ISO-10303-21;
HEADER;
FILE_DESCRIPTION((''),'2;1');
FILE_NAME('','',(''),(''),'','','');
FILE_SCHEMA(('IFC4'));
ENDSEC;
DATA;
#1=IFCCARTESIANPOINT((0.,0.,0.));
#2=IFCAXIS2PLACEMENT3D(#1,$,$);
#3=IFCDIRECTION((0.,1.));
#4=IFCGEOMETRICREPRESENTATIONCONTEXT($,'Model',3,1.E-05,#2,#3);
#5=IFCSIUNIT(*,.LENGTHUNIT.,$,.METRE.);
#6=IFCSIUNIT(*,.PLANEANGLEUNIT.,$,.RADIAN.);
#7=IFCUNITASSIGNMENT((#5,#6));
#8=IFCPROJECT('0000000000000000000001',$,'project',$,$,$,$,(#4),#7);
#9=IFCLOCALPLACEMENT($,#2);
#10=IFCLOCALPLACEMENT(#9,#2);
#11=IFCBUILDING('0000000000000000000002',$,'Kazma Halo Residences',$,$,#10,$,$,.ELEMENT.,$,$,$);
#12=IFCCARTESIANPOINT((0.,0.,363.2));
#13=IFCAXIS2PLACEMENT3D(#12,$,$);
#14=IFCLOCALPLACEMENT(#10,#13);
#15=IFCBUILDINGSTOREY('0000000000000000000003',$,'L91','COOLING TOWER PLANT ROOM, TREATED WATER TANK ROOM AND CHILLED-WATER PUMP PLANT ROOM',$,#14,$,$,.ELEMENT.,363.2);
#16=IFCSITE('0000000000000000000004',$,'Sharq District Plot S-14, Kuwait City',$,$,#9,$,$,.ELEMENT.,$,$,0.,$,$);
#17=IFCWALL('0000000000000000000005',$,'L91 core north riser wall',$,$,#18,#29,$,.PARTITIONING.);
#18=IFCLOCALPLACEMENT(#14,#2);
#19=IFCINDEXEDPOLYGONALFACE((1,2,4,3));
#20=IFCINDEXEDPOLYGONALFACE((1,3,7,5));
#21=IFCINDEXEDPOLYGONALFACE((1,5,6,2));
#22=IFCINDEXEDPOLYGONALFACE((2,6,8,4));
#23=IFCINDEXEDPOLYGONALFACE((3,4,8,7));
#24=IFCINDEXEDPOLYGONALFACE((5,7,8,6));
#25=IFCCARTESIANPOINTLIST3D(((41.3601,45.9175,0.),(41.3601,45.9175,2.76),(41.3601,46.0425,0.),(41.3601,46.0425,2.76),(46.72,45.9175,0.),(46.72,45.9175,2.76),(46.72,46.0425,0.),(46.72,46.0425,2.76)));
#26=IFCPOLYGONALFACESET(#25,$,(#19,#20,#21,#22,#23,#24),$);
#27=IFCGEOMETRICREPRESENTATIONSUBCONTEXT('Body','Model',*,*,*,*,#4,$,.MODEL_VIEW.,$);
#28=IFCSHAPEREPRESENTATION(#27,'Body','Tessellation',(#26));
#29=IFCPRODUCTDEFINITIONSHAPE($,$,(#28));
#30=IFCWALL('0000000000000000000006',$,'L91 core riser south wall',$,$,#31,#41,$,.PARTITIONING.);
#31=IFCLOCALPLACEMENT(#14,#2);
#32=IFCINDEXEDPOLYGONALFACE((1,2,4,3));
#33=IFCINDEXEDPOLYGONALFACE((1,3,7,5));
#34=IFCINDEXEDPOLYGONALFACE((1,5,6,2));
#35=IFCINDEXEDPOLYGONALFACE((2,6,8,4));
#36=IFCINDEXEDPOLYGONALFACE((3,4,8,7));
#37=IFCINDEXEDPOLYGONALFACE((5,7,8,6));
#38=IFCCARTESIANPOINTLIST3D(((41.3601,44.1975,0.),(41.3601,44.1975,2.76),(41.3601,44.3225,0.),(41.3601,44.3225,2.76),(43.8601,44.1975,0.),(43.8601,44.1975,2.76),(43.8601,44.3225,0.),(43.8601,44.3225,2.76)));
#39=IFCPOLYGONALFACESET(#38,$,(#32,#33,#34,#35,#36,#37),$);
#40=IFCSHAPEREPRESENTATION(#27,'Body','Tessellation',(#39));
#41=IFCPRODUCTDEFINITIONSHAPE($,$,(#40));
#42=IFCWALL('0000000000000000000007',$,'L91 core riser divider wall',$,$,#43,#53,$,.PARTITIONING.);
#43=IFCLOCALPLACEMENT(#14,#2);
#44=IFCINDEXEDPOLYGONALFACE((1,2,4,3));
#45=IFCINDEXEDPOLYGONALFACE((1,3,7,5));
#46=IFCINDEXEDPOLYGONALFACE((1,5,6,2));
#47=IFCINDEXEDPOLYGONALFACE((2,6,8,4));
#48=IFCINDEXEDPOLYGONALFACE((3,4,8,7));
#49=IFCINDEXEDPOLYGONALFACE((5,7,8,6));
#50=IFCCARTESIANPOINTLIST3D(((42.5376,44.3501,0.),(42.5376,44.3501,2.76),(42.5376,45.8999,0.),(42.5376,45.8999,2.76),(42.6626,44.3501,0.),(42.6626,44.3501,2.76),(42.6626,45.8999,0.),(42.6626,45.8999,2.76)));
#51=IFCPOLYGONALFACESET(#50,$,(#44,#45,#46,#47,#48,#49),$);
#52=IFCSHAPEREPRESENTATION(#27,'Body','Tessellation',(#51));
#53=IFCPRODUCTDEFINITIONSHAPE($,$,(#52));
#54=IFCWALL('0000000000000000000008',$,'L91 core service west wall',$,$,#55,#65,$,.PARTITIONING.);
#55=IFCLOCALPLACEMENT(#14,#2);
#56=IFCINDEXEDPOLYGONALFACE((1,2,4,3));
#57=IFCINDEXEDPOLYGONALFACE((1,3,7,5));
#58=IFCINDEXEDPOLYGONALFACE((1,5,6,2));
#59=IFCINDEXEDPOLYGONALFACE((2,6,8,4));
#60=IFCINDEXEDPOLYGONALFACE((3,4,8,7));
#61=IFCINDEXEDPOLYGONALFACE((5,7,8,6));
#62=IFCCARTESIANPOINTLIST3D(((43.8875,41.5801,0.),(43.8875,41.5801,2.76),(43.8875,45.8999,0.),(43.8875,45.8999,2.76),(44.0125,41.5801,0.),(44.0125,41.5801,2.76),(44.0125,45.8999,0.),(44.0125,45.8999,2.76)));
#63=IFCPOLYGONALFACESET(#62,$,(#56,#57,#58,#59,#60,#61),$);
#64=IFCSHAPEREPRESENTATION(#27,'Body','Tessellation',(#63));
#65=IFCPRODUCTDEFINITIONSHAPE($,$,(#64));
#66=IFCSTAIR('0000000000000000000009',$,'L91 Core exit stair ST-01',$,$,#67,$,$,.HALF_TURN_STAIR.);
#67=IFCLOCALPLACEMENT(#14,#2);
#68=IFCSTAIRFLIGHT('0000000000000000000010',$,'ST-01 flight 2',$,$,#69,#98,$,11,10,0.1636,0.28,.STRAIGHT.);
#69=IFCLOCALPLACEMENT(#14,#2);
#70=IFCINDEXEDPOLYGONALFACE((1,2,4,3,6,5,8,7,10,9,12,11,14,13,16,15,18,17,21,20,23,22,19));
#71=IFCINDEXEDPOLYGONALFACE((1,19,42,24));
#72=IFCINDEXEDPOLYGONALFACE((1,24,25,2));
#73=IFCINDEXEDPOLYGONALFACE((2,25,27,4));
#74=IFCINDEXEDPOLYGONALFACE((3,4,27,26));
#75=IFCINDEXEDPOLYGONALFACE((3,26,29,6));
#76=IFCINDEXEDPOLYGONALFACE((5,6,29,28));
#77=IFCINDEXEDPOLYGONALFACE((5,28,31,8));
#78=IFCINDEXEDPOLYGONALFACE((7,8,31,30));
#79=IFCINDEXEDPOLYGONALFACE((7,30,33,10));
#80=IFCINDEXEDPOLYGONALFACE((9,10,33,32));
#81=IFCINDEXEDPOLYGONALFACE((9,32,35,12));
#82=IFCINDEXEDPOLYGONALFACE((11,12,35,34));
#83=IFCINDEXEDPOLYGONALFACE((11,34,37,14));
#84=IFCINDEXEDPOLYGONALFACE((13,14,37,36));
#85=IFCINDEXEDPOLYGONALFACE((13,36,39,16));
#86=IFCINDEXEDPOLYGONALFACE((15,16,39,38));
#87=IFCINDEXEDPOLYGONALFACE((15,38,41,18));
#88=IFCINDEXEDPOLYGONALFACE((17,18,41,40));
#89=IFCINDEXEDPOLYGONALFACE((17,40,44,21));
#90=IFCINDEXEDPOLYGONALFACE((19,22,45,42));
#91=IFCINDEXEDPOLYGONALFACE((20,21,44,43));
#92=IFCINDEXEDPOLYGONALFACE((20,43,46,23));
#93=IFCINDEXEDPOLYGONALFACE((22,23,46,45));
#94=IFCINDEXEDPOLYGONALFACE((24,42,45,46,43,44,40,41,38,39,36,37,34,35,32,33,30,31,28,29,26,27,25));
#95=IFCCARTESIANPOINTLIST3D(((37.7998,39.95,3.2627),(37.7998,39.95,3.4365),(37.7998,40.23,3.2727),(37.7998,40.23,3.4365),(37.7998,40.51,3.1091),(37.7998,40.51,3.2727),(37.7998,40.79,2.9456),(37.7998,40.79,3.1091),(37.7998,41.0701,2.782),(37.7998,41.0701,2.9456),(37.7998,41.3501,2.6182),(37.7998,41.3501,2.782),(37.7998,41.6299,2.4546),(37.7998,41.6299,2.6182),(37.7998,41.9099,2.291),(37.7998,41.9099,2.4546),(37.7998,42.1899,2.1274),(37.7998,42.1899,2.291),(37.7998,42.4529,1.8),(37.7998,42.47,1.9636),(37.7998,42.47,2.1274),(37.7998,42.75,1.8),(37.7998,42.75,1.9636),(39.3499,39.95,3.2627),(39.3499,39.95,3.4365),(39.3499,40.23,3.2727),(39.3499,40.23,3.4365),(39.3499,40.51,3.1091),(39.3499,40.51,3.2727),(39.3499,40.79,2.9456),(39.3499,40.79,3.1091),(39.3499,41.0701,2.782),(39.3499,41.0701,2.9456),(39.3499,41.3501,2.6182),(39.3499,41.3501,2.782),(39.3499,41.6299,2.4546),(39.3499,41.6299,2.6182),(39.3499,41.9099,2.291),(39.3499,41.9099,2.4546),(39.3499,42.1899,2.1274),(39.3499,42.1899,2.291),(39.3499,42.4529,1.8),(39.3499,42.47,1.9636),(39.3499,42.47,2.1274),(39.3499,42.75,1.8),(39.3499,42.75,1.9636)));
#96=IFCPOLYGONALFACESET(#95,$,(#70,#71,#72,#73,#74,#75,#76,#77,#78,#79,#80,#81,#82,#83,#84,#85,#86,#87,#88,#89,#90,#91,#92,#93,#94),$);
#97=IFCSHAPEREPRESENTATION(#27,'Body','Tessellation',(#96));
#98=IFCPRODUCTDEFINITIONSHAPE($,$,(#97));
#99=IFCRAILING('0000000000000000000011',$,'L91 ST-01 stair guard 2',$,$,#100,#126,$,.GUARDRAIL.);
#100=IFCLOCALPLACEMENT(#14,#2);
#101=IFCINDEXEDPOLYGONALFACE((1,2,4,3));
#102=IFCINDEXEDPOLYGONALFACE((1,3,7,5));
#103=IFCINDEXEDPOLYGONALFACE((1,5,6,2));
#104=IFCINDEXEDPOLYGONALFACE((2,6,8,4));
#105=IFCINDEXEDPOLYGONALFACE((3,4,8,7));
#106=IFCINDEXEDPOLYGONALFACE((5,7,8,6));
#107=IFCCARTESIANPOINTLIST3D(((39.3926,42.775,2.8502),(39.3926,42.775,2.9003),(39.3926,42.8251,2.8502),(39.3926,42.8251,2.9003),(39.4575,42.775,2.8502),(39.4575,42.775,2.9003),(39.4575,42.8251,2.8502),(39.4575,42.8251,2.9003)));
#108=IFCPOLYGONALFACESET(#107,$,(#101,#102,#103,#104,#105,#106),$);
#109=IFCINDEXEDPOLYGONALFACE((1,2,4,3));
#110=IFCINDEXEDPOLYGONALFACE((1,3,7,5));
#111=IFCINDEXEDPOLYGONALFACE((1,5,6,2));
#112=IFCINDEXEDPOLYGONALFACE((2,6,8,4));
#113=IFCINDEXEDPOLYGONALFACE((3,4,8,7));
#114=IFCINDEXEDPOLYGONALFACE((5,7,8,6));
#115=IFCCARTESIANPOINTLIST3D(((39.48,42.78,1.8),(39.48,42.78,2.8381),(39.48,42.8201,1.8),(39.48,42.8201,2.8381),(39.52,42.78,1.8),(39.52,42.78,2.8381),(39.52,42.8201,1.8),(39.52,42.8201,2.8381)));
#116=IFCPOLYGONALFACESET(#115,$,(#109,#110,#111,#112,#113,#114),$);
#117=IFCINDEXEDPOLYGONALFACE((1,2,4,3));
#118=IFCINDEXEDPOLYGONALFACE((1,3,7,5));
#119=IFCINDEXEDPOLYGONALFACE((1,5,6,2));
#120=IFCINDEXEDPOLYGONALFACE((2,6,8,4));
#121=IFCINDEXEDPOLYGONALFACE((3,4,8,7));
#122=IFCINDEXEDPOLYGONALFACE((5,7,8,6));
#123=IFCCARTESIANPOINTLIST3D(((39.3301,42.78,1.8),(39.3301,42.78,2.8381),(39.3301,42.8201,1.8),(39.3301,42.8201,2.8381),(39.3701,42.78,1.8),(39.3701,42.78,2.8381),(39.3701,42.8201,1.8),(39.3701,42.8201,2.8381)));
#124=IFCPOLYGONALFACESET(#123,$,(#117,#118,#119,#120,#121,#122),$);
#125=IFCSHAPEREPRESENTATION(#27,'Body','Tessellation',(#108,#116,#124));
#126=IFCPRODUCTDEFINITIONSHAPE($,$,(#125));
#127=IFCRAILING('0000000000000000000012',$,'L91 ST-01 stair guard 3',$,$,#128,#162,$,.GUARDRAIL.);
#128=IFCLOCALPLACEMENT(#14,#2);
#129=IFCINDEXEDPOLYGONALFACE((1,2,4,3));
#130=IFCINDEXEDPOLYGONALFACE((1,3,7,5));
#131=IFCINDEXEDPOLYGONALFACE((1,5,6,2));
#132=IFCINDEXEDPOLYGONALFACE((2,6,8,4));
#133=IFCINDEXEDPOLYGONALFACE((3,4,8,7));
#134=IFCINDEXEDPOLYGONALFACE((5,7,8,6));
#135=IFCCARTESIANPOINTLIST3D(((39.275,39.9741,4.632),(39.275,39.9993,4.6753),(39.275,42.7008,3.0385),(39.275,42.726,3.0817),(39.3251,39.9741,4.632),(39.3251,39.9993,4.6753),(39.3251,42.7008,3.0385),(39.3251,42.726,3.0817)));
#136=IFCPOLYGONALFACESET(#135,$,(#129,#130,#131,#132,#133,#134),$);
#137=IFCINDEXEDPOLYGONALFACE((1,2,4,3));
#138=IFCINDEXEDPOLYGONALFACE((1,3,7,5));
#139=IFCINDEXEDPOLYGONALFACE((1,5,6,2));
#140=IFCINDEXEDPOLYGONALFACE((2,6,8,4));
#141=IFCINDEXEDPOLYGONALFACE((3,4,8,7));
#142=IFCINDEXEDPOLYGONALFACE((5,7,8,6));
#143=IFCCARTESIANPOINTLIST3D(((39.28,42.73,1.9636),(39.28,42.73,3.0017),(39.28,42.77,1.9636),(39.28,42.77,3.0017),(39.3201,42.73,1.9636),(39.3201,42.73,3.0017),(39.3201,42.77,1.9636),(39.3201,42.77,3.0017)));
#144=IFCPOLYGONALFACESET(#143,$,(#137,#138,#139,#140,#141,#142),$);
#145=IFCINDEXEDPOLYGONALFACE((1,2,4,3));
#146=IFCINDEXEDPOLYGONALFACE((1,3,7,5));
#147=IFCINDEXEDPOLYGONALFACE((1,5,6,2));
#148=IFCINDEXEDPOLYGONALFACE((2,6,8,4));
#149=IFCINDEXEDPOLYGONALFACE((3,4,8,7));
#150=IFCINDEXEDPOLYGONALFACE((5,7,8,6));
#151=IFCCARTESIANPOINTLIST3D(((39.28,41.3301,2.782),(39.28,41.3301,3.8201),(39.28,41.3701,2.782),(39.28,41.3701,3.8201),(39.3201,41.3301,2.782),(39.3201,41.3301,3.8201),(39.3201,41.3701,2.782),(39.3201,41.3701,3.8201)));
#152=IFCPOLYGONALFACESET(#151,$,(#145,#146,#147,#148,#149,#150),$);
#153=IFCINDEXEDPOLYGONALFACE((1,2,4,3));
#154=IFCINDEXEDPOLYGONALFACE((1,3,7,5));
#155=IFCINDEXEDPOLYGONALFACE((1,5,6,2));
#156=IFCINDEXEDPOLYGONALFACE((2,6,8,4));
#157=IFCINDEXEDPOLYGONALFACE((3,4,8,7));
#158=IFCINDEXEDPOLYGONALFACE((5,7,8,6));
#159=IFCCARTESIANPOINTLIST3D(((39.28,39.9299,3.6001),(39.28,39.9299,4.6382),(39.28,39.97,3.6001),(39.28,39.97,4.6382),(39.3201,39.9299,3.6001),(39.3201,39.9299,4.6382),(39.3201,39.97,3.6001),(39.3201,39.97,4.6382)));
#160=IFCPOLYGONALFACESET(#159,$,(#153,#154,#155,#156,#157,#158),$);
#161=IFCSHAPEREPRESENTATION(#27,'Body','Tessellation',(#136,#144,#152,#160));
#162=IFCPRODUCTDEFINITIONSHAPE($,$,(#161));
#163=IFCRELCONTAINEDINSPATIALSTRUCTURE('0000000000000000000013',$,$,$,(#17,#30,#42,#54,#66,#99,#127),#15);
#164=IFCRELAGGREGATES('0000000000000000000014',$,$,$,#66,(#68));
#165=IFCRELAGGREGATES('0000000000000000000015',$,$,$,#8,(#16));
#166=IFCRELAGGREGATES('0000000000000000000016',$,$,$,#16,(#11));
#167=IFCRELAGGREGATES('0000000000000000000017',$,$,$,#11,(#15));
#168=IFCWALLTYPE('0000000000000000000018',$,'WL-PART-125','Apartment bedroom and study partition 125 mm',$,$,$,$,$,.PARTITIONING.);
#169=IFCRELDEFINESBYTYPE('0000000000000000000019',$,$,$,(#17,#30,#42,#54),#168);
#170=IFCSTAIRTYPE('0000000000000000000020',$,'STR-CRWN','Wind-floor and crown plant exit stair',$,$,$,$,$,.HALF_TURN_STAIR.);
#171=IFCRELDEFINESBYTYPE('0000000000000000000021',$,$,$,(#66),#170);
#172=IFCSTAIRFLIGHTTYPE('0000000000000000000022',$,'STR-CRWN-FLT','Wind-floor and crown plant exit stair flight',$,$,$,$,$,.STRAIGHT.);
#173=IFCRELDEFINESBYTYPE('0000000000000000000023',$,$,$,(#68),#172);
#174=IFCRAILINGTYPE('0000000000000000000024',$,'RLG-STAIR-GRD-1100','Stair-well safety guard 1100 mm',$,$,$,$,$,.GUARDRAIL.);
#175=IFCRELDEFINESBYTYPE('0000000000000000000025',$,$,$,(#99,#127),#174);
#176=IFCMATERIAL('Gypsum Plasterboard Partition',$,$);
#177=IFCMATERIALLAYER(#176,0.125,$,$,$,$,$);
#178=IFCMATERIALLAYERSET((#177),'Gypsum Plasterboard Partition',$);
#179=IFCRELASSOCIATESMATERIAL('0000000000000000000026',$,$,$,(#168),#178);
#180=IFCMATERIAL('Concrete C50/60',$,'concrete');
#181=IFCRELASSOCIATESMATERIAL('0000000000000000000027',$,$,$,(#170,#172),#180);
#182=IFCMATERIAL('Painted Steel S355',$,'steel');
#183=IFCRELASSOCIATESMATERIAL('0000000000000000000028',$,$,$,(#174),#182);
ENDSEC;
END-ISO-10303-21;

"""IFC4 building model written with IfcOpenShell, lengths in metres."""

from ifc_helpers import new_model, si_unit, direction, frame, frame_2d, origin, origin_2d, place, context, subcontext, project, spatial, polyline, rectangle, outline, extrude, material, layer, layer_set, type_object, element, aggregate, save


model = new_model("IFC4")

# Units and contexts
model_context = context("Model", 3, precision=1e-05, world=origin(), true_north=direction((0.0, 1.0)))
body_context = subcontext(model_context, "Body", "Model", "MODEL_VIEW")
ifc_project = project(units=[si_unit("LENGTHUNIT", "METRE"), si_unit("PLANEANGLEUNIT", "RADIAN")], contexts=[model_context])

# Site, building, storey
site_placement = place(None, origin())
site = spatial("IfcSite", under=ifc_project, at=site_placement, Name="Sharq District Plot S-14, Kuwait City", CompositionType="ELEMENT", RefElevation=0.0)
building_placement = place(site_placement, origin())
building = spatial("IfcBuilding", under=site, at=building_placement, Name="Kazma Halo Residences", CompositionType="ELEMENT")
storey_placement = place(building_placement, frame((0.0, 0.0, 363.2)))
storey = spatial("IfcBuildingStorey", under=building, at=storey_placement, Name="L91", Description="COOLING TOWER PLANT ROOM, TREATED WATER TANK ROOM AND CHILLED-WATER PUMP PLANT ROOM", CompositionType="ELEMENT", Elevation=363.2)

# Walls
ifc_material_1 = material(Name="Gypsum Plasterboard Partition")
ifc_layer_1 = layer(ifc_material_1, 0.125)
ifc_layer_set_1 = layer_set([ifc_layer_1], Name="Gypsum Plasterboard Partition")
wall_type_1 = type_object("IfcWallType", Name="WL-PART-125", Description="Apartment bedroom and study partition 125 mm", PredefinedType="PARTITIONING", material=ifc_layer_set_1)
wall_1_placement = place(storey_placement, frame((41.3601, 45.98, 0.0), z_axis=(0.0, 0.0, 1.0), x_axis=(1.0, 0.0, 0.0)))
element("IfcWall", 1, at=wall_1_placement, inside=storey, type_object=wall_type_1, Name="L91 core north riser wall", PredefinedType="PARTITIONING", context=body_context, shape_type="SweptSolid", body=[
    extrude(rectangle(XDim=5.3599, YDim=0.125, at=frame_2d((2.6799, 0.0))), origin(), (0.0, 0.0, 1.0), 2.76),
])
wall_2_placement = place(storey_placement, frame((41.3601, 44.26, 0.0), z_axis=(0.0, 0.0, 1.0), x_axis=(1.0, 0.0, 0.0)))
element("IfcWall", 2, at=wall_2_placement, inside=storey, type_object=wall_type_1, Name="L91 core riser south wall", PredefinedType="PARTITIONING", context=body_context, shape_type="SweptSolid", body=[
    extrude(rectangle(XDim=2.5, YDim=0.125, at=frame_2d((1.25, 0.0))), origin(), (0.0, 0.0, 1.0), 2.76),
])
wall_3_placement = place(storey_placement, frame((42.6001, 44.3501, 0.0), z_axis=(0.0, 0.0, 1.0), x_axis=(0.0, 1.0, 0.0)))
element("IfcWall", 3, at=wall_3_placement, inside=storey, type_object=wall_type_1, Name="L91 core riser divider wall", PredefinedType="PARTITIONING", context=body_context, shape_type="SweptSolid", body=[
    extrude(rectangle(XDim=1.5498, YDim=0.125, at=frame_2d((0.7749, 0.0))), origin(), (0.0, 0.0, 1.0), 2.76),
])
wall_4_placement = place(storey_placement, frame((43.95, 41.5801, 0.0), z_axis=(0.0, 0.0, 1.0), x_axis=(0.0, 1.0, 0.0)))
element("IfcWall", 4, at=wall_4_placement, inside=storey, type_object=wall_type_1, Name="L91 core service west wall", PredefinedType="PARTITIONING", context=body_context, shape_type="SweptSolid", body=[
    extrude(rectangle(XDim=4.3198, YDim=0.125, at=frame_2d((2.1599, 0.0))), origin(), (0.0, 0.0, 1.0), 2.76),
])

# Stair, stair flight
ifc_material_2 = material(Name="Concrete C50/60", Category="concrete")
stair_type = type_object("IfcStairType", Name="STR-CRWN", Description="Wind-floor and crown plant exit stair", PredefinedType="HALF_TURN_STAIR", material=ifc_material_2)
stair_placement = place(storey_placement, origin())
stair = element("IfcStair", 5, at=stair_placement, inside=storey, type_object=stair_type, Name="L91 Core exit stair ST-01", PredefinedType="HALF_TURN_STAIR")
stair_flight_type = type_object("IfcStairFlightType", Name="STR-CRWN-FLT", Description="Wind-floor and crown plant exit stair flight", PredefinedType="STRAIGHT", material=ifc_material_2)
stair_flight_placement = place(storey_placement, frame((38.575, 42.75, 1.8), z_axis=(0.0, 0.0, 1.0), x_axis=(0.0, -1.0, 0.0)))
stair_flight = element("IfcStairFlight", 6, at=stair_flight_placement, type_object=stair_flight_type, Name="ST-01 flight 2", NumberOfRisers=11, NumberOfTreads=10, PredefinedType="STRAIGHT", RiserHeight=0.1636, TreadLength=0.28, context=body_context, shape_type="SweptSolid", body=[
    extrude(outline(polyline([(0.0, 0.0), (0.0, 0.1636), (0.28, 0.1636), (0.28, 0.3274), (0.5601, 0.3274), (0.5601, 0.491), (0.8401, 0.491), (0.8401, 0.6545), (1.1201, 0.6545), (1.1201, 0.8181), (1.3999, 0.8181), (1.3999, 0.9819), (1.6799, 0.9819), (1.6799, 1.1455), (1.96, 1.1455), (1.96, 1.3091), (2.24, 1.3091), (2.24, 1.4727), (2.52, 1.4727), (2.52, 1.6365), (2.8, 1.6365), (2.8, 1.8), (2.8, 1.4626), (0.2971, 0.0), (0.0, 0.0)])), frame((0.0, 0.7749, 0.0), z_axis=(0.0, -1.0, 0.0), x_axis=(1.0, 0.0, 0.0)), (0.0, 0.0, 1.0), 1.55),
])
aggregate(stair, [stair_flight])

# Railings
ifc_material_3 = material(Name="Painted Steel S355", Category="steel")
railing_type = type_object("IfcRailingType", Name="RLG-STAIR-GRD-1100", Description="Stair-well safety guard 1100 mm", PredefinedType="GUARDRAIL", material=ifc_material_3)
railing_1_placement = place(storey_placement, frame((39.5, 42.8, 1.8)))
element("IfcRailing", 7, at=railing_1_placement, inside=storey, type_object=railing_type, Name="L91 ST-01 stair guard 2", PredefinedType="GUARDRAIL", context=body_context, shape_type="SweptSolid", body=[
    extrude(rectangle(XDim=0.05, YDim=0.05, at=origin_2d()), frame((-0.0425, 0.0, 1.0752), z_axis=(-1.0, 0.0, 0.0), x_axis=(0.0, -1.0, 0.0)), (0.0, 0.0, 1.0), 0.0649),
    extrude(rectangle(XDim=0.04, YDim=0.04, at=origin_2d()), origin(), (0.0, 0.0, 1.0), 1.0381),
    extrude(rectangle(XDim=0.04, YDim=0.04, at=origin_2d()), frame((-0.1499, 0.0, 0.0)), (0.0, 0.0, 1.0), 1.0381),
])
railing_2_placement = place(storey_placement, frame((39.3, 42.75, 1.9636)))
element("IfcRailing", 8, at=railing_2_placement, inside=storey, type_object=railing_type, Name="L91 ST-01 stair guard 3", PredefinedType="GUARDRAIL", context=body_context, shape_type="SweptSolid", body=[
    extrude(rectangle(XDim=0.05, YDim=0.05, at=origin_2d()), frame((0.0, -0.0366, 1.0964), z_axis=(0.0, -0.863361, 0.504587), x_axis=(1.0, 0.0, 0.0)), (0.0, 0.0, 1.0), 3.1582),
    extrude(rectangle(XDim=0.04, YDim=0.04, at=origin_2d()), origin(), (0.0, 0.0, 1.0), 1.0381),
    extrude(rectangle(XDim=0.04, YDim=0.04, at=origin_2d()), frame((0.0, -1.3999, 0.8184)), (0.0, 0.0, 1.0), 1.0381),
    extrude(rectangle(XDim=0.04, YDim=0.04, at=origin_2d()), frame((0.0, -2.8, 1.6365)), (0.0, 0.0, 1.0), 1.0381),
])

save(model, "model.ifc")
